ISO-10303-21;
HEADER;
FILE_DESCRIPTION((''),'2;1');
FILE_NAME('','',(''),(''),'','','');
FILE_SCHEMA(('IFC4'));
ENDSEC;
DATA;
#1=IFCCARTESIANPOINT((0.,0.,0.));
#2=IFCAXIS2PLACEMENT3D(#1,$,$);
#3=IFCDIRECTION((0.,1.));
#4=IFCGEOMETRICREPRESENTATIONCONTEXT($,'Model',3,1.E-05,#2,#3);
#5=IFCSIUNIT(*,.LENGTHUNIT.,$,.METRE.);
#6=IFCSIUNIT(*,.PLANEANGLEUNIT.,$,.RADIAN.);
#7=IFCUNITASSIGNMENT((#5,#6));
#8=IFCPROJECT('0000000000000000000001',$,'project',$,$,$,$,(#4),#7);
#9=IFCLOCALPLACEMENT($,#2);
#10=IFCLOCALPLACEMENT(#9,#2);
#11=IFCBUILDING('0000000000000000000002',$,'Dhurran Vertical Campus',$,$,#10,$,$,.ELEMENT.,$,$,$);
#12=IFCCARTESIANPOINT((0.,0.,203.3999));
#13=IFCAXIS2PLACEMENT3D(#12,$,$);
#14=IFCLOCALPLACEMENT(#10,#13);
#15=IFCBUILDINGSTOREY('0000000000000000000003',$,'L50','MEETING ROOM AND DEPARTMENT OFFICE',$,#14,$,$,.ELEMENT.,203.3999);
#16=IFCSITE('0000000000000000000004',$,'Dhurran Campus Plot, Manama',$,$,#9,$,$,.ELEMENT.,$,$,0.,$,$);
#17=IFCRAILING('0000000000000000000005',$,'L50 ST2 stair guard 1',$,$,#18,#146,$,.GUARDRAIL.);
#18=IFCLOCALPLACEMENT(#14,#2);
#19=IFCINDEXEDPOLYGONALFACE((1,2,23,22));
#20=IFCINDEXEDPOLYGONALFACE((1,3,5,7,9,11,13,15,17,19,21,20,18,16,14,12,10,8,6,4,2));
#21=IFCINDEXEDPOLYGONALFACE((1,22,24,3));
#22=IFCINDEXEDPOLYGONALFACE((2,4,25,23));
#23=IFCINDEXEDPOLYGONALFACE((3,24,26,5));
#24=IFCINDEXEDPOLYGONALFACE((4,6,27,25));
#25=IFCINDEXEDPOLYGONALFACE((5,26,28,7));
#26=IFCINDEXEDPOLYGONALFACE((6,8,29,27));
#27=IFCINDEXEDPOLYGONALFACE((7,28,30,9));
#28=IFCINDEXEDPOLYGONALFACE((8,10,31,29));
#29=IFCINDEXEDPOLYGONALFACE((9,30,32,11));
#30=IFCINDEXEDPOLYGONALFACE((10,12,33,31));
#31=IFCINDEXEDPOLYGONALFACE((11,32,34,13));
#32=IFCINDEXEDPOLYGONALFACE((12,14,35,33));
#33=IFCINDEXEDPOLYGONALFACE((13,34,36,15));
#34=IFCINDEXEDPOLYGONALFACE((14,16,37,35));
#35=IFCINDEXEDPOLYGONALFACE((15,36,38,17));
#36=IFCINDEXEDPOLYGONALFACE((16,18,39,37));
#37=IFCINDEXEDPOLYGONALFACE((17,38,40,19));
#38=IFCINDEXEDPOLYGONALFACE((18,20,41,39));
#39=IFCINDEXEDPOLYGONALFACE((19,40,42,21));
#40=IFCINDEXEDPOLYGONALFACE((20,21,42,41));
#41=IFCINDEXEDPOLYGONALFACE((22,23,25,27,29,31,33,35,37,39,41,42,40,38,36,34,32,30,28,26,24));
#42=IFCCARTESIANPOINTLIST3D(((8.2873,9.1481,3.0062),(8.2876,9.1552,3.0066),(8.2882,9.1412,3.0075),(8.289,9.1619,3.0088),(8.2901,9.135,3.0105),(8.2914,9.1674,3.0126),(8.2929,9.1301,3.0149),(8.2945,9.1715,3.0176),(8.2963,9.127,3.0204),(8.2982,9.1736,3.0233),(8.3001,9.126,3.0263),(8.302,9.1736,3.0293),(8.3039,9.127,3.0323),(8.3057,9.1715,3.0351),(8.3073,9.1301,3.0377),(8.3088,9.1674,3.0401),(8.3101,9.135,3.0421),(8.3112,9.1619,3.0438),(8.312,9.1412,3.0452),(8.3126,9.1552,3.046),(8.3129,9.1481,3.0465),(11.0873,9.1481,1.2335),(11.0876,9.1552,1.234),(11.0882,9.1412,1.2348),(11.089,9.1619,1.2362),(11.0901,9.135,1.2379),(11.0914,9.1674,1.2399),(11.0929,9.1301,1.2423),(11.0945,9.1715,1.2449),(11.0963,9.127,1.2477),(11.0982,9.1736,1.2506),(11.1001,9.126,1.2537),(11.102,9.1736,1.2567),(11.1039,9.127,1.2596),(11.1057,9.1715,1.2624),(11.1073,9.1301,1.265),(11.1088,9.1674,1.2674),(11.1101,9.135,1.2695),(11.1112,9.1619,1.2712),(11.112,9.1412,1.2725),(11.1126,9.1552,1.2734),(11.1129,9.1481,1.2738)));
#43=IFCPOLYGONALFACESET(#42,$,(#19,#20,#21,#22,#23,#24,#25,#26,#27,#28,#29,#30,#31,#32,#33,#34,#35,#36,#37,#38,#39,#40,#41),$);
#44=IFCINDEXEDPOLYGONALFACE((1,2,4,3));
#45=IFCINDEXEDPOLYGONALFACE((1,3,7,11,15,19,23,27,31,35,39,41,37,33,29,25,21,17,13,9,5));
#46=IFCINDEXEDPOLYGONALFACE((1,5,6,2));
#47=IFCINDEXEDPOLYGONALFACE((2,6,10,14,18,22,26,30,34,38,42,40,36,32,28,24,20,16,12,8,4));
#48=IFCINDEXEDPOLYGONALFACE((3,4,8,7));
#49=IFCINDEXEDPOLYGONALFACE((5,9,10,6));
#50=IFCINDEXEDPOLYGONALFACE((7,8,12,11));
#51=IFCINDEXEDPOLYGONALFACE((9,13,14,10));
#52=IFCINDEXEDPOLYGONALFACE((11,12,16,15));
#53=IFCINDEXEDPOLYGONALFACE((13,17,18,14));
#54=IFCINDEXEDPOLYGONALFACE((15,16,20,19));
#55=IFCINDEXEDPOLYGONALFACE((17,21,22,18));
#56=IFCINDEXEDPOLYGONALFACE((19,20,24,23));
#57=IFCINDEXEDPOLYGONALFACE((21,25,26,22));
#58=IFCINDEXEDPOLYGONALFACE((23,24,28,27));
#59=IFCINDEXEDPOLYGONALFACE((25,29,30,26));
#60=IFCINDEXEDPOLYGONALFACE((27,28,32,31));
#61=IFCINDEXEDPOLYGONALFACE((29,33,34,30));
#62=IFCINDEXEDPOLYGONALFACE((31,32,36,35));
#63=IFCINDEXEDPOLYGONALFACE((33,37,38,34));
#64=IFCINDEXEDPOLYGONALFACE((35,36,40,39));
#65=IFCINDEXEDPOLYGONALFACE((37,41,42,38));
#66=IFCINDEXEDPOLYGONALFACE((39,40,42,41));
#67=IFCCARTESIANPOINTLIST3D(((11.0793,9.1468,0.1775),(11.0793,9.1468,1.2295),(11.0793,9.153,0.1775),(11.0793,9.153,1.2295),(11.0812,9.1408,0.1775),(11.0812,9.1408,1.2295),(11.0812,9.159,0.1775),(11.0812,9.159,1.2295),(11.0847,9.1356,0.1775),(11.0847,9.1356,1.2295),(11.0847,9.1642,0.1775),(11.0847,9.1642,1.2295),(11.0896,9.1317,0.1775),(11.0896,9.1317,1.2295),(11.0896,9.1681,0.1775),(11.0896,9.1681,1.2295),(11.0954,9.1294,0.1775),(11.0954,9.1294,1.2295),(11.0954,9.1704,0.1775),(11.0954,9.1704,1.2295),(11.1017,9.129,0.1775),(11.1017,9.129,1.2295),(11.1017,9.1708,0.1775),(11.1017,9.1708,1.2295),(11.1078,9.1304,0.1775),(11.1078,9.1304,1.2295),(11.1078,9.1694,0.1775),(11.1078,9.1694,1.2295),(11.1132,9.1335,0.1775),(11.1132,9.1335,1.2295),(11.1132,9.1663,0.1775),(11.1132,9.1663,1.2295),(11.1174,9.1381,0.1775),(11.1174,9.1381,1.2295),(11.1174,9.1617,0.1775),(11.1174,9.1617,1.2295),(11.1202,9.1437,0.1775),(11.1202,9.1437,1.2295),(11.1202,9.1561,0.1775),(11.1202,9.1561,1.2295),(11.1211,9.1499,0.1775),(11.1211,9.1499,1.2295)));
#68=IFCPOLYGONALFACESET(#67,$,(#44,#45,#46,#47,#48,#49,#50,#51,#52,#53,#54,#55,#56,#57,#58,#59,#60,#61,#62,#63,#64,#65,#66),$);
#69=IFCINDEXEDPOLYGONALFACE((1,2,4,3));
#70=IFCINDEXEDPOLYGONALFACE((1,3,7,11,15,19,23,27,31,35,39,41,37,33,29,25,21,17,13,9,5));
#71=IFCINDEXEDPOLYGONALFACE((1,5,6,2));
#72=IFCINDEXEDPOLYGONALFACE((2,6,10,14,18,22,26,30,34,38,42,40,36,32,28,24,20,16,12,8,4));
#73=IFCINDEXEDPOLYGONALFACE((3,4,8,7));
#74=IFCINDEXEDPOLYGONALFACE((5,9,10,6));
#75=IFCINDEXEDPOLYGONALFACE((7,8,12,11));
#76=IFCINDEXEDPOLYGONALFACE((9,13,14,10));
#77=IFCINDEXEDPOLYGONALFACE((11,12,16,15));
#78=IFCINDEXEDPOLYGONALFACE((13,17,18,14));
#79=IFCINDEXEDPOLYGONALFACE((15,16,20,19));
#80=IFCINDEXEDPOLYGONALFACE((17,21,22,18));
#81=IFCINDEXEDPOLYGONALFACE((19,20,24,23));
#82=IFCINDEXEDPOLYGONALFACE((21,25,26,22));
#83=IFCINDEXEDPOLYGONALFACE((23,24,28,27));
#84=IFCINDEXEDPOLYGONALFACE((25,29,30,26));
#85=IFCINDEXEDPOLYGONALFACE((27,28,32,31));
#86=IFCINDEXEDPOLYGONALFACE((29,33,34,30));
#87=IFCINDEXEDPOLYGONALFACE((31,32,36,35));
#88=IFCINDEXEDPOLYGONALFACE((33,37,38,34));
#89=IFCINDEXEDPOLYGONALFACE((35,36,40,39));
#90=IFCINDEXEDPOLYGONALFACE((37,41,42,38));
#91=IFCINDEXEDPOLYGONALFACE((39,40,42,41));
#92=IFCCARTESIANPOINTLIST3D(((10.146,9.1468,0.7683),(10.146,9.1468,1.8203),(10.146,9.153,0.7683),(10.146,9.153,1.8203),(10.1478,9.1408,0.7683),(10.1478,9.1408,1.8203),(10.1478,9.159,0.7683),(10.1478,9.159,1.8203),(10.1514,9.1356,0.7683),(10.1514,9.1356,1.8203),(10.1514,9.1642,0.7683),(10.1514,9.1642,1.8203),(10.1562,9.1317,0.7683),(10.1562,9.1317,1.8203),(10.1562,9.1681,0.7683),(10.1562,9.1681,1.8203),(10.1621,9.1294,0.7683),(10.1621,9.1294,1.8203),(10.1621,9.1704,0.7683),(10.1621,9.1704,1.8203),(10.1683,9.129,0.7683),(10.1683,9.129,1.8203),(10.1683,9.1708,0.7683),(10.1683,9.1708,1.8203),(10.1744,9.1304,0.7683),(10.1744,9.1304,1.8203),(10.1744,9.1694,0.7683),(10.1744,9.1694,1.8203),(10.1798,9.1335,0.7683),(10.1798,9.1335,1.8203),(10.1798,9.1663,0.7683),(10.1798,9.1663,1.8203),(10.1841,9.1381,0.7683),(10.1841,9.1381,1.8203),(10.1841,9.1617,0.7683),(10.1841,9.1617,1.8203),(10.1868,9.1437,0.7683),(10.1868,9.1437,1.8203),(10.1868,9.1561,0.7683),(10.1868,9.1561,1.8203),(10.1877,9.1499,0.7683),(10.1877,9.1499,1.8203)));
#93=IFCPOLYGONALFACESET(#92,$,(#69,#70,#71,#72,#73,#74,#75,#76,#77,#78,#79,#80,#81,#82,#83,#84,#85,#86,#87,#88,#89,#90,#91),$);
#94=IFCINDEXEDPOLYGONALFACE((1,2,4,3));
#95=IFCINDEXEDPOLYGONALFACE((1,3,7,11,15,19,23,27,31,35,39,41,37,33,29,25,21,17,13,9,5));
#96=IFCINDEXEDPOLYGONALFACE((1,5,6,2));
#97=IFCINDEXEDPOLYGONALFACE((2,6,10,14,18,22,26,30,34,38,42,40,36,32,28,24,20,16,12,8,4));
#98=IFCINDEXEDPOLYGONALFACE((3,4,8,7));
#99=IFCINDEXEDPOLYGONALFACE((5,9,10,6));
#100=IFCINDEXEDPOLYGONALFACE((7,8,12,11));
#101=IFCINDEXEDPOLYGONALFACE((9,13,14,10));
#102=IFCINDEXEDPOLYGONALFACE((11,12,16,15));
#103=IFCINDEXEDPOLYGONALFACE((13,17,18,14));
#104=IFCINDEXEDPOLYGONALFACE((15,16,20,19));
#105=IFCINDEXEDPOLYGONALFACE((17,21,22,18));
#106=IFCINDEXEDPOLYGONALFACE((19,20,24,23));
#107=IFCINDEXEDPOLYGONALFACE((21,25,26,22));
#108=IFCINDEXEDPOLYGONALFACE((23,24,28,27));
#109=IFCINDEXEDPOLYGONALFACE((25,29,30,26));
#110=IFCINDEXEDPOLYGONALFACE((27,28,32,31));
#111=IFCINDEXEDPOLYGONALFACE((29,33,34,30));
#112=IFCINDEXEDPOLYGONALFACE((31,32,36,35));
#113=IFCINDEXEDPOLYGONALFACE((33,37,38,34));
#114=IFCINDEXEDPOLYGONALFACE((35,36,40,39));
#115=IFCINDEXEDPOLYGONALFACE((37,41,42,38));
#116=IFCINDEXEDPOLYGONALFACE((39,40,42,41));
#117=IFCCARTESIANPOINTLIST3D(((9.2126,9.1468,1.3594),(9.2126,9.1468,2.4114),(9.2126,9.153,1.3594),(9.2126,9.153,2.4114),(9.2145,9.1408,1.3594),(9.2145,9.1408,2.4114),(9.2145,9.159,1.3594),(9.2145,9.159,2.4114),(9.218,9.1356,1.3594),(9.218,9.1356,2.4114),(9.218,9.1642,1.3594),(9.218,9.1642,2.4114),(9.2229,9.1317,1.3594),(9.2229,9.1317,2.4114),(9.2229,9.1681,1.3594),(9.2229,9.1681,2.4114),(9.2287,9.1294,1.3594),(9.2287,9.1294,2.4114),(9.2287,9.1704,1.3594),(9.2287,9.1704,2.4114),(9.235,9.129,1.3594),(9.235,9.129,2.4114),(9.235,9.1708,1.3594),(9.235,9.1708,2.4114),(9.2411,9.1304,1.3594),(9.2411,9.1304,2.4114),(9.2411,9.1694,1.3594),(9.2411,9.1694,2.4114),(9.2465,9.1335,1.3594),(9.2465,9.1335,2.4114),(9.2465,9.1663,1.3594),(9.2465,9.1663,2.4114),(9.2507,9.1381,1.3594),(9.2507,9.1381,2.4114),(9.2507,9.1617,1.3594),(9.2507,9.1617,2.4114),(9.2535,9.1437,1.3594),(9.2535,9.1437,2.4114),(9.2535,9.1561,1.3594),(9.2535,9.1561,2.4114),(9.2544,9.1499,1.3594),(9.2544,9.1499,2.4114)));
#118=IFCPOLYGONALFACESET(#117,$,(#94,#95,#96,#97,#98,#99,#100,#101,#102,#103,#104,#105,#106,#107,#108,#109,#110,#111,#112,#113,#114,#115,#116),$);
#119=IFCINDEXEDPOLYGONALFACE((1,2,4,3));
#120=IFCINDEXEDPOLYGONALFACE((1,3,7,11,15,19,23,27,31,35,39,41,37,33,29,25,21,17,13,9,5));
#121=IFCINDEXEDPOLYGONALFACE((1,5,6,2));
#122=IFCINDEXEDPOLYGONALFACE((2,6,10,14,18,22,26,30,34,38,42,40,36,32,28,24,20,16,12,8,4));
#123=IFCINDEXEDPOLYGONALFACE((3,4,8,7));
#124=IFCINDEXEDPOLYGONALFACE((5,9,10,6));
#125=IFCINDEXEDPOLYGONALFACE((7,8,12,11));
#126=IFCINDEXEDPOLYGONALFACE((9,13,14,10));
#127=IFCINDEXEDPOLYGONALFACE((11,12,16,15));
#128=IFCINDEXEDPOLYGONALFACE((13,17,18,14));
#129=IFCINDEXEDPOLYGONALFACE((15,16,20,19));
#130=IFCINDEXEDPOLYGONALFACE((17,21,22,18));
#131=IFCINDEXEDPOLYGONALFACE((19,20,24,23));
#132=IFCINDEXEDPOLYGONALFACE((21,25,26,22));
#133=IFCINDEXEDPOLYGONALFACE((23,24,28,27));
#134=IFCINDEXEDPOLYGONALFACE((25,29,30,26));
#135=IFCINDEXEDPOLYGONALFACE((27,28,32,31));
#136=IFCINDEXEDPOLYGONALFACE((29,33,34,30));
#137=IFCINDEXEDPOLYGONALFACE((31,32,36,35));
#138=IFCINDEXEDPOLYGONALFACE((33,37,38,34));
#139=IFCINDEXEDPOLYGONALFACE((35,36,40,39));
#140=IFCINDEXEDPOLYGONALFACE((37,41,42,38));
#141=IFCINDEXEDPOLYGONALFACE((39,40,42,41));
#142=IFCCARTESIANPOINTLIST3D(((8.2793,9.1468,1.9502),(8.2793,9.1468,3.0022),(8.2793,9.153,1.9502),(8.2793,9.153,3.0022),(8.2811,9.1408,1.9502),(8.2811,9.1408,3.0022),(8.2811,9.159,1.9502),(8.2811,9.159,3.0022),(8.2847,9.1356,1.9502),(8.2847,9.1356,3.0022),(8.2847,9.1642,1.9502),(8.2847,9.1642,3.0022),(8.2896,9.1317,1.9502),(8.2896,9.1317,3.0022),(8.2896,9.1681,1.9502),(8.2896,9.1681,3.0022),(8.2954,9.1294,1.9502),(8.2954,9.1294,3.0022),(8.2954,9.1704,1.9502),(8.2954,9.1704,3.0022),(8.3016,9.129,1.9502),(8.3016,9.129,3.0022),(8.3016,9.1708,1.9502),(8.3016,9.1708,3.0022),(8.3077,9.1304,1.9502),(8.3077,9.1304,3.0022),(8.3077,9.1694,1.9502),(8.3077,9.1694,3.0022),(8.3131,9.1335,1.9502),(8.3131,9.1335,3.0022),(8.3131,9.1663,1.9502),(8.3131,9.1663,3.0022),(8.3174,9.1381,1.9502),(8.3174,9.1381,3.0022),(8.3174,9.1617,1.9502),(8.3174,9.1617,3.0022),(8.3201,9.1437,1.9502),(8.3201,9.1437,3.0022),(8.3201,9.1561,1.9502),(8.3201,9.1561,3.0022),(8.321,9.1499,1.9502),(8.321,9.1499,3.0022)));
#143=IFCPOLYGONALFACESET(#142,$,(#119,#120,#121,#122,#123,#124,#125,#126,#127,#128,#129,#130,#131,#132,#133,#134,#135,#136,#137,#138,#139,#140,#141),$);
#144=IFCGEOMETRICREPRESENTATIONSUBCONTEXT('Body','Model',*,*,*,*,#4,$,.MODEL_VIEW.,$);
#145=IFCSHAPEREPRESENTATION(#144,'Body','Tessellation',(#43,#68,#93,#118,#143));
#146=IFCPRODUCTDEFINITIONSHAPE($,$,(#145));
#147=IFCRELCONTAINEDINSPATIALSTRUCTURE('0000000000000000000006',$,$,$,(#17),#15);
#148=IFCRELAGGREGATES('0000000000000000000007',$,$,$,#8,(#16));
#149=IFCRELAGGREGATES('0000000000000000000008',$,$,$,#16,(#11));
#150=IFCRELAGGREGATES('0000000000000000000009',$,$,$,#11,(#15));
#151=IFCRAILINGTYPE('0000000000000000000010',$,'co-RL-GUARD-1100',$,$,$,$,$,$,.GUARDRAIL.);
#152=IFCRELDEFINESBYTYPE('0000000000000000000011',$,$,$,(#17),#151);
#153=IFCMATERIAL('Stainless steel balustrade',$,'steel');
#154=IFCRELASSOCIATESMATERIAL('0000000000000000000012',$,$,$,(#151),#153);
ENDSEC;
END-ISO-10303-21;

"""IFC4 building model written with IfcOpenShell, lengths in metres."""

from ifc_helpers import new_model, si_unit, direction, frame, origin, origin_2d, place, context, subcontext, project, spatial, circle, extrude, material, type_object, element, save


model = new_model("IFC4")

# Units and contexts
model_context = context("Model", 3, precision=1e-05, world=origin(), true_north=direction((0.0, 1.0)))
body_context = subcontext(model_context, "Body", "Model", "MODEL_VIEW")
ifc_project = project(units=[si_unit("LENGTHUNIT", "METRE"), si_unit("PLANEANGLEUNIT", "RADIAN")], contexts=[model_context])

# Site, building, storey
site_placement = place(None, origin())
site = spatial("IfcSite", under=ifc_project, at=site_placement, Name="Dhurran Campus Plot, Manama", CompositionType="ELEMENT", RefElevation=0.0)
building_placement = place(site_placement, origin())
building = spatial("IfcBuilding", under=site, at=building_placement, Name="Dhurran Vertical Campus", CompositionType="ELEMENT")
storey_placement = place(building_placement, frame((0.0, 0.0, 203.3999)))
storey = spatial("IfcBuildingStorey", under=building, at=storey_placement, Name="L50", Description="MEETING ROOM AND DEPARTMENT OFFICE", CompositionType="ELEMENT", Elevation=203.3999)

# Railing
ifc_material_1 = material(Name="Stainless steel balustrade", Category="steel")
railing_type_1 = type_object("IfcRailingType", Name="co-RL-GUARD-1100", PredefinedType="GUARDRAIL", material=ifc_material_1)
railing_1_placement = place(storey_placement, frame((11.1001, 9.1499, 0.1775)))
element("IfcRailing", 1, at=railing_1_placement, inside=storey, type_object=railing_type_1, Name="L50 ST2 stair guard 1", PredefinedType="GUARDRAIL", context=body_context, shape_type="SweptSolid", body=[
    extrude(circle(Radius=0.0239, at=origin_2d()), frame((0.0, 0.0, 1.0762), z_axis=(-0.844909, 0.0, 0.53491), x_axis=(0.0, -1.0, 0.0)), (0.0, 0.0, 1.0), 3.314),
    extrude(circle(Radius=0.021, at=origin_2d()), origin(), (0.0, 0.0, 1.0), 1.052),
    extrude(circle(Radius=0.021, at=origin_2d()), frame((-0.9333, 0.0, 0.5908)), (0.0, 0.0, 1.0), 1.052),
    extrude(circle(Radius=0.021, at=origin_2d()), frame((-1.8667, 0.0, 1.1819)), (0.0, 0.0, 1.0), 1.052),
    extrude(circle(Radius=0.021, at=origin_2d()), frame((-2.8, 0.0, 1.7727)), (0.0, 0.0, 1.0), 1.052),
])

save(model, "model.ifc")
